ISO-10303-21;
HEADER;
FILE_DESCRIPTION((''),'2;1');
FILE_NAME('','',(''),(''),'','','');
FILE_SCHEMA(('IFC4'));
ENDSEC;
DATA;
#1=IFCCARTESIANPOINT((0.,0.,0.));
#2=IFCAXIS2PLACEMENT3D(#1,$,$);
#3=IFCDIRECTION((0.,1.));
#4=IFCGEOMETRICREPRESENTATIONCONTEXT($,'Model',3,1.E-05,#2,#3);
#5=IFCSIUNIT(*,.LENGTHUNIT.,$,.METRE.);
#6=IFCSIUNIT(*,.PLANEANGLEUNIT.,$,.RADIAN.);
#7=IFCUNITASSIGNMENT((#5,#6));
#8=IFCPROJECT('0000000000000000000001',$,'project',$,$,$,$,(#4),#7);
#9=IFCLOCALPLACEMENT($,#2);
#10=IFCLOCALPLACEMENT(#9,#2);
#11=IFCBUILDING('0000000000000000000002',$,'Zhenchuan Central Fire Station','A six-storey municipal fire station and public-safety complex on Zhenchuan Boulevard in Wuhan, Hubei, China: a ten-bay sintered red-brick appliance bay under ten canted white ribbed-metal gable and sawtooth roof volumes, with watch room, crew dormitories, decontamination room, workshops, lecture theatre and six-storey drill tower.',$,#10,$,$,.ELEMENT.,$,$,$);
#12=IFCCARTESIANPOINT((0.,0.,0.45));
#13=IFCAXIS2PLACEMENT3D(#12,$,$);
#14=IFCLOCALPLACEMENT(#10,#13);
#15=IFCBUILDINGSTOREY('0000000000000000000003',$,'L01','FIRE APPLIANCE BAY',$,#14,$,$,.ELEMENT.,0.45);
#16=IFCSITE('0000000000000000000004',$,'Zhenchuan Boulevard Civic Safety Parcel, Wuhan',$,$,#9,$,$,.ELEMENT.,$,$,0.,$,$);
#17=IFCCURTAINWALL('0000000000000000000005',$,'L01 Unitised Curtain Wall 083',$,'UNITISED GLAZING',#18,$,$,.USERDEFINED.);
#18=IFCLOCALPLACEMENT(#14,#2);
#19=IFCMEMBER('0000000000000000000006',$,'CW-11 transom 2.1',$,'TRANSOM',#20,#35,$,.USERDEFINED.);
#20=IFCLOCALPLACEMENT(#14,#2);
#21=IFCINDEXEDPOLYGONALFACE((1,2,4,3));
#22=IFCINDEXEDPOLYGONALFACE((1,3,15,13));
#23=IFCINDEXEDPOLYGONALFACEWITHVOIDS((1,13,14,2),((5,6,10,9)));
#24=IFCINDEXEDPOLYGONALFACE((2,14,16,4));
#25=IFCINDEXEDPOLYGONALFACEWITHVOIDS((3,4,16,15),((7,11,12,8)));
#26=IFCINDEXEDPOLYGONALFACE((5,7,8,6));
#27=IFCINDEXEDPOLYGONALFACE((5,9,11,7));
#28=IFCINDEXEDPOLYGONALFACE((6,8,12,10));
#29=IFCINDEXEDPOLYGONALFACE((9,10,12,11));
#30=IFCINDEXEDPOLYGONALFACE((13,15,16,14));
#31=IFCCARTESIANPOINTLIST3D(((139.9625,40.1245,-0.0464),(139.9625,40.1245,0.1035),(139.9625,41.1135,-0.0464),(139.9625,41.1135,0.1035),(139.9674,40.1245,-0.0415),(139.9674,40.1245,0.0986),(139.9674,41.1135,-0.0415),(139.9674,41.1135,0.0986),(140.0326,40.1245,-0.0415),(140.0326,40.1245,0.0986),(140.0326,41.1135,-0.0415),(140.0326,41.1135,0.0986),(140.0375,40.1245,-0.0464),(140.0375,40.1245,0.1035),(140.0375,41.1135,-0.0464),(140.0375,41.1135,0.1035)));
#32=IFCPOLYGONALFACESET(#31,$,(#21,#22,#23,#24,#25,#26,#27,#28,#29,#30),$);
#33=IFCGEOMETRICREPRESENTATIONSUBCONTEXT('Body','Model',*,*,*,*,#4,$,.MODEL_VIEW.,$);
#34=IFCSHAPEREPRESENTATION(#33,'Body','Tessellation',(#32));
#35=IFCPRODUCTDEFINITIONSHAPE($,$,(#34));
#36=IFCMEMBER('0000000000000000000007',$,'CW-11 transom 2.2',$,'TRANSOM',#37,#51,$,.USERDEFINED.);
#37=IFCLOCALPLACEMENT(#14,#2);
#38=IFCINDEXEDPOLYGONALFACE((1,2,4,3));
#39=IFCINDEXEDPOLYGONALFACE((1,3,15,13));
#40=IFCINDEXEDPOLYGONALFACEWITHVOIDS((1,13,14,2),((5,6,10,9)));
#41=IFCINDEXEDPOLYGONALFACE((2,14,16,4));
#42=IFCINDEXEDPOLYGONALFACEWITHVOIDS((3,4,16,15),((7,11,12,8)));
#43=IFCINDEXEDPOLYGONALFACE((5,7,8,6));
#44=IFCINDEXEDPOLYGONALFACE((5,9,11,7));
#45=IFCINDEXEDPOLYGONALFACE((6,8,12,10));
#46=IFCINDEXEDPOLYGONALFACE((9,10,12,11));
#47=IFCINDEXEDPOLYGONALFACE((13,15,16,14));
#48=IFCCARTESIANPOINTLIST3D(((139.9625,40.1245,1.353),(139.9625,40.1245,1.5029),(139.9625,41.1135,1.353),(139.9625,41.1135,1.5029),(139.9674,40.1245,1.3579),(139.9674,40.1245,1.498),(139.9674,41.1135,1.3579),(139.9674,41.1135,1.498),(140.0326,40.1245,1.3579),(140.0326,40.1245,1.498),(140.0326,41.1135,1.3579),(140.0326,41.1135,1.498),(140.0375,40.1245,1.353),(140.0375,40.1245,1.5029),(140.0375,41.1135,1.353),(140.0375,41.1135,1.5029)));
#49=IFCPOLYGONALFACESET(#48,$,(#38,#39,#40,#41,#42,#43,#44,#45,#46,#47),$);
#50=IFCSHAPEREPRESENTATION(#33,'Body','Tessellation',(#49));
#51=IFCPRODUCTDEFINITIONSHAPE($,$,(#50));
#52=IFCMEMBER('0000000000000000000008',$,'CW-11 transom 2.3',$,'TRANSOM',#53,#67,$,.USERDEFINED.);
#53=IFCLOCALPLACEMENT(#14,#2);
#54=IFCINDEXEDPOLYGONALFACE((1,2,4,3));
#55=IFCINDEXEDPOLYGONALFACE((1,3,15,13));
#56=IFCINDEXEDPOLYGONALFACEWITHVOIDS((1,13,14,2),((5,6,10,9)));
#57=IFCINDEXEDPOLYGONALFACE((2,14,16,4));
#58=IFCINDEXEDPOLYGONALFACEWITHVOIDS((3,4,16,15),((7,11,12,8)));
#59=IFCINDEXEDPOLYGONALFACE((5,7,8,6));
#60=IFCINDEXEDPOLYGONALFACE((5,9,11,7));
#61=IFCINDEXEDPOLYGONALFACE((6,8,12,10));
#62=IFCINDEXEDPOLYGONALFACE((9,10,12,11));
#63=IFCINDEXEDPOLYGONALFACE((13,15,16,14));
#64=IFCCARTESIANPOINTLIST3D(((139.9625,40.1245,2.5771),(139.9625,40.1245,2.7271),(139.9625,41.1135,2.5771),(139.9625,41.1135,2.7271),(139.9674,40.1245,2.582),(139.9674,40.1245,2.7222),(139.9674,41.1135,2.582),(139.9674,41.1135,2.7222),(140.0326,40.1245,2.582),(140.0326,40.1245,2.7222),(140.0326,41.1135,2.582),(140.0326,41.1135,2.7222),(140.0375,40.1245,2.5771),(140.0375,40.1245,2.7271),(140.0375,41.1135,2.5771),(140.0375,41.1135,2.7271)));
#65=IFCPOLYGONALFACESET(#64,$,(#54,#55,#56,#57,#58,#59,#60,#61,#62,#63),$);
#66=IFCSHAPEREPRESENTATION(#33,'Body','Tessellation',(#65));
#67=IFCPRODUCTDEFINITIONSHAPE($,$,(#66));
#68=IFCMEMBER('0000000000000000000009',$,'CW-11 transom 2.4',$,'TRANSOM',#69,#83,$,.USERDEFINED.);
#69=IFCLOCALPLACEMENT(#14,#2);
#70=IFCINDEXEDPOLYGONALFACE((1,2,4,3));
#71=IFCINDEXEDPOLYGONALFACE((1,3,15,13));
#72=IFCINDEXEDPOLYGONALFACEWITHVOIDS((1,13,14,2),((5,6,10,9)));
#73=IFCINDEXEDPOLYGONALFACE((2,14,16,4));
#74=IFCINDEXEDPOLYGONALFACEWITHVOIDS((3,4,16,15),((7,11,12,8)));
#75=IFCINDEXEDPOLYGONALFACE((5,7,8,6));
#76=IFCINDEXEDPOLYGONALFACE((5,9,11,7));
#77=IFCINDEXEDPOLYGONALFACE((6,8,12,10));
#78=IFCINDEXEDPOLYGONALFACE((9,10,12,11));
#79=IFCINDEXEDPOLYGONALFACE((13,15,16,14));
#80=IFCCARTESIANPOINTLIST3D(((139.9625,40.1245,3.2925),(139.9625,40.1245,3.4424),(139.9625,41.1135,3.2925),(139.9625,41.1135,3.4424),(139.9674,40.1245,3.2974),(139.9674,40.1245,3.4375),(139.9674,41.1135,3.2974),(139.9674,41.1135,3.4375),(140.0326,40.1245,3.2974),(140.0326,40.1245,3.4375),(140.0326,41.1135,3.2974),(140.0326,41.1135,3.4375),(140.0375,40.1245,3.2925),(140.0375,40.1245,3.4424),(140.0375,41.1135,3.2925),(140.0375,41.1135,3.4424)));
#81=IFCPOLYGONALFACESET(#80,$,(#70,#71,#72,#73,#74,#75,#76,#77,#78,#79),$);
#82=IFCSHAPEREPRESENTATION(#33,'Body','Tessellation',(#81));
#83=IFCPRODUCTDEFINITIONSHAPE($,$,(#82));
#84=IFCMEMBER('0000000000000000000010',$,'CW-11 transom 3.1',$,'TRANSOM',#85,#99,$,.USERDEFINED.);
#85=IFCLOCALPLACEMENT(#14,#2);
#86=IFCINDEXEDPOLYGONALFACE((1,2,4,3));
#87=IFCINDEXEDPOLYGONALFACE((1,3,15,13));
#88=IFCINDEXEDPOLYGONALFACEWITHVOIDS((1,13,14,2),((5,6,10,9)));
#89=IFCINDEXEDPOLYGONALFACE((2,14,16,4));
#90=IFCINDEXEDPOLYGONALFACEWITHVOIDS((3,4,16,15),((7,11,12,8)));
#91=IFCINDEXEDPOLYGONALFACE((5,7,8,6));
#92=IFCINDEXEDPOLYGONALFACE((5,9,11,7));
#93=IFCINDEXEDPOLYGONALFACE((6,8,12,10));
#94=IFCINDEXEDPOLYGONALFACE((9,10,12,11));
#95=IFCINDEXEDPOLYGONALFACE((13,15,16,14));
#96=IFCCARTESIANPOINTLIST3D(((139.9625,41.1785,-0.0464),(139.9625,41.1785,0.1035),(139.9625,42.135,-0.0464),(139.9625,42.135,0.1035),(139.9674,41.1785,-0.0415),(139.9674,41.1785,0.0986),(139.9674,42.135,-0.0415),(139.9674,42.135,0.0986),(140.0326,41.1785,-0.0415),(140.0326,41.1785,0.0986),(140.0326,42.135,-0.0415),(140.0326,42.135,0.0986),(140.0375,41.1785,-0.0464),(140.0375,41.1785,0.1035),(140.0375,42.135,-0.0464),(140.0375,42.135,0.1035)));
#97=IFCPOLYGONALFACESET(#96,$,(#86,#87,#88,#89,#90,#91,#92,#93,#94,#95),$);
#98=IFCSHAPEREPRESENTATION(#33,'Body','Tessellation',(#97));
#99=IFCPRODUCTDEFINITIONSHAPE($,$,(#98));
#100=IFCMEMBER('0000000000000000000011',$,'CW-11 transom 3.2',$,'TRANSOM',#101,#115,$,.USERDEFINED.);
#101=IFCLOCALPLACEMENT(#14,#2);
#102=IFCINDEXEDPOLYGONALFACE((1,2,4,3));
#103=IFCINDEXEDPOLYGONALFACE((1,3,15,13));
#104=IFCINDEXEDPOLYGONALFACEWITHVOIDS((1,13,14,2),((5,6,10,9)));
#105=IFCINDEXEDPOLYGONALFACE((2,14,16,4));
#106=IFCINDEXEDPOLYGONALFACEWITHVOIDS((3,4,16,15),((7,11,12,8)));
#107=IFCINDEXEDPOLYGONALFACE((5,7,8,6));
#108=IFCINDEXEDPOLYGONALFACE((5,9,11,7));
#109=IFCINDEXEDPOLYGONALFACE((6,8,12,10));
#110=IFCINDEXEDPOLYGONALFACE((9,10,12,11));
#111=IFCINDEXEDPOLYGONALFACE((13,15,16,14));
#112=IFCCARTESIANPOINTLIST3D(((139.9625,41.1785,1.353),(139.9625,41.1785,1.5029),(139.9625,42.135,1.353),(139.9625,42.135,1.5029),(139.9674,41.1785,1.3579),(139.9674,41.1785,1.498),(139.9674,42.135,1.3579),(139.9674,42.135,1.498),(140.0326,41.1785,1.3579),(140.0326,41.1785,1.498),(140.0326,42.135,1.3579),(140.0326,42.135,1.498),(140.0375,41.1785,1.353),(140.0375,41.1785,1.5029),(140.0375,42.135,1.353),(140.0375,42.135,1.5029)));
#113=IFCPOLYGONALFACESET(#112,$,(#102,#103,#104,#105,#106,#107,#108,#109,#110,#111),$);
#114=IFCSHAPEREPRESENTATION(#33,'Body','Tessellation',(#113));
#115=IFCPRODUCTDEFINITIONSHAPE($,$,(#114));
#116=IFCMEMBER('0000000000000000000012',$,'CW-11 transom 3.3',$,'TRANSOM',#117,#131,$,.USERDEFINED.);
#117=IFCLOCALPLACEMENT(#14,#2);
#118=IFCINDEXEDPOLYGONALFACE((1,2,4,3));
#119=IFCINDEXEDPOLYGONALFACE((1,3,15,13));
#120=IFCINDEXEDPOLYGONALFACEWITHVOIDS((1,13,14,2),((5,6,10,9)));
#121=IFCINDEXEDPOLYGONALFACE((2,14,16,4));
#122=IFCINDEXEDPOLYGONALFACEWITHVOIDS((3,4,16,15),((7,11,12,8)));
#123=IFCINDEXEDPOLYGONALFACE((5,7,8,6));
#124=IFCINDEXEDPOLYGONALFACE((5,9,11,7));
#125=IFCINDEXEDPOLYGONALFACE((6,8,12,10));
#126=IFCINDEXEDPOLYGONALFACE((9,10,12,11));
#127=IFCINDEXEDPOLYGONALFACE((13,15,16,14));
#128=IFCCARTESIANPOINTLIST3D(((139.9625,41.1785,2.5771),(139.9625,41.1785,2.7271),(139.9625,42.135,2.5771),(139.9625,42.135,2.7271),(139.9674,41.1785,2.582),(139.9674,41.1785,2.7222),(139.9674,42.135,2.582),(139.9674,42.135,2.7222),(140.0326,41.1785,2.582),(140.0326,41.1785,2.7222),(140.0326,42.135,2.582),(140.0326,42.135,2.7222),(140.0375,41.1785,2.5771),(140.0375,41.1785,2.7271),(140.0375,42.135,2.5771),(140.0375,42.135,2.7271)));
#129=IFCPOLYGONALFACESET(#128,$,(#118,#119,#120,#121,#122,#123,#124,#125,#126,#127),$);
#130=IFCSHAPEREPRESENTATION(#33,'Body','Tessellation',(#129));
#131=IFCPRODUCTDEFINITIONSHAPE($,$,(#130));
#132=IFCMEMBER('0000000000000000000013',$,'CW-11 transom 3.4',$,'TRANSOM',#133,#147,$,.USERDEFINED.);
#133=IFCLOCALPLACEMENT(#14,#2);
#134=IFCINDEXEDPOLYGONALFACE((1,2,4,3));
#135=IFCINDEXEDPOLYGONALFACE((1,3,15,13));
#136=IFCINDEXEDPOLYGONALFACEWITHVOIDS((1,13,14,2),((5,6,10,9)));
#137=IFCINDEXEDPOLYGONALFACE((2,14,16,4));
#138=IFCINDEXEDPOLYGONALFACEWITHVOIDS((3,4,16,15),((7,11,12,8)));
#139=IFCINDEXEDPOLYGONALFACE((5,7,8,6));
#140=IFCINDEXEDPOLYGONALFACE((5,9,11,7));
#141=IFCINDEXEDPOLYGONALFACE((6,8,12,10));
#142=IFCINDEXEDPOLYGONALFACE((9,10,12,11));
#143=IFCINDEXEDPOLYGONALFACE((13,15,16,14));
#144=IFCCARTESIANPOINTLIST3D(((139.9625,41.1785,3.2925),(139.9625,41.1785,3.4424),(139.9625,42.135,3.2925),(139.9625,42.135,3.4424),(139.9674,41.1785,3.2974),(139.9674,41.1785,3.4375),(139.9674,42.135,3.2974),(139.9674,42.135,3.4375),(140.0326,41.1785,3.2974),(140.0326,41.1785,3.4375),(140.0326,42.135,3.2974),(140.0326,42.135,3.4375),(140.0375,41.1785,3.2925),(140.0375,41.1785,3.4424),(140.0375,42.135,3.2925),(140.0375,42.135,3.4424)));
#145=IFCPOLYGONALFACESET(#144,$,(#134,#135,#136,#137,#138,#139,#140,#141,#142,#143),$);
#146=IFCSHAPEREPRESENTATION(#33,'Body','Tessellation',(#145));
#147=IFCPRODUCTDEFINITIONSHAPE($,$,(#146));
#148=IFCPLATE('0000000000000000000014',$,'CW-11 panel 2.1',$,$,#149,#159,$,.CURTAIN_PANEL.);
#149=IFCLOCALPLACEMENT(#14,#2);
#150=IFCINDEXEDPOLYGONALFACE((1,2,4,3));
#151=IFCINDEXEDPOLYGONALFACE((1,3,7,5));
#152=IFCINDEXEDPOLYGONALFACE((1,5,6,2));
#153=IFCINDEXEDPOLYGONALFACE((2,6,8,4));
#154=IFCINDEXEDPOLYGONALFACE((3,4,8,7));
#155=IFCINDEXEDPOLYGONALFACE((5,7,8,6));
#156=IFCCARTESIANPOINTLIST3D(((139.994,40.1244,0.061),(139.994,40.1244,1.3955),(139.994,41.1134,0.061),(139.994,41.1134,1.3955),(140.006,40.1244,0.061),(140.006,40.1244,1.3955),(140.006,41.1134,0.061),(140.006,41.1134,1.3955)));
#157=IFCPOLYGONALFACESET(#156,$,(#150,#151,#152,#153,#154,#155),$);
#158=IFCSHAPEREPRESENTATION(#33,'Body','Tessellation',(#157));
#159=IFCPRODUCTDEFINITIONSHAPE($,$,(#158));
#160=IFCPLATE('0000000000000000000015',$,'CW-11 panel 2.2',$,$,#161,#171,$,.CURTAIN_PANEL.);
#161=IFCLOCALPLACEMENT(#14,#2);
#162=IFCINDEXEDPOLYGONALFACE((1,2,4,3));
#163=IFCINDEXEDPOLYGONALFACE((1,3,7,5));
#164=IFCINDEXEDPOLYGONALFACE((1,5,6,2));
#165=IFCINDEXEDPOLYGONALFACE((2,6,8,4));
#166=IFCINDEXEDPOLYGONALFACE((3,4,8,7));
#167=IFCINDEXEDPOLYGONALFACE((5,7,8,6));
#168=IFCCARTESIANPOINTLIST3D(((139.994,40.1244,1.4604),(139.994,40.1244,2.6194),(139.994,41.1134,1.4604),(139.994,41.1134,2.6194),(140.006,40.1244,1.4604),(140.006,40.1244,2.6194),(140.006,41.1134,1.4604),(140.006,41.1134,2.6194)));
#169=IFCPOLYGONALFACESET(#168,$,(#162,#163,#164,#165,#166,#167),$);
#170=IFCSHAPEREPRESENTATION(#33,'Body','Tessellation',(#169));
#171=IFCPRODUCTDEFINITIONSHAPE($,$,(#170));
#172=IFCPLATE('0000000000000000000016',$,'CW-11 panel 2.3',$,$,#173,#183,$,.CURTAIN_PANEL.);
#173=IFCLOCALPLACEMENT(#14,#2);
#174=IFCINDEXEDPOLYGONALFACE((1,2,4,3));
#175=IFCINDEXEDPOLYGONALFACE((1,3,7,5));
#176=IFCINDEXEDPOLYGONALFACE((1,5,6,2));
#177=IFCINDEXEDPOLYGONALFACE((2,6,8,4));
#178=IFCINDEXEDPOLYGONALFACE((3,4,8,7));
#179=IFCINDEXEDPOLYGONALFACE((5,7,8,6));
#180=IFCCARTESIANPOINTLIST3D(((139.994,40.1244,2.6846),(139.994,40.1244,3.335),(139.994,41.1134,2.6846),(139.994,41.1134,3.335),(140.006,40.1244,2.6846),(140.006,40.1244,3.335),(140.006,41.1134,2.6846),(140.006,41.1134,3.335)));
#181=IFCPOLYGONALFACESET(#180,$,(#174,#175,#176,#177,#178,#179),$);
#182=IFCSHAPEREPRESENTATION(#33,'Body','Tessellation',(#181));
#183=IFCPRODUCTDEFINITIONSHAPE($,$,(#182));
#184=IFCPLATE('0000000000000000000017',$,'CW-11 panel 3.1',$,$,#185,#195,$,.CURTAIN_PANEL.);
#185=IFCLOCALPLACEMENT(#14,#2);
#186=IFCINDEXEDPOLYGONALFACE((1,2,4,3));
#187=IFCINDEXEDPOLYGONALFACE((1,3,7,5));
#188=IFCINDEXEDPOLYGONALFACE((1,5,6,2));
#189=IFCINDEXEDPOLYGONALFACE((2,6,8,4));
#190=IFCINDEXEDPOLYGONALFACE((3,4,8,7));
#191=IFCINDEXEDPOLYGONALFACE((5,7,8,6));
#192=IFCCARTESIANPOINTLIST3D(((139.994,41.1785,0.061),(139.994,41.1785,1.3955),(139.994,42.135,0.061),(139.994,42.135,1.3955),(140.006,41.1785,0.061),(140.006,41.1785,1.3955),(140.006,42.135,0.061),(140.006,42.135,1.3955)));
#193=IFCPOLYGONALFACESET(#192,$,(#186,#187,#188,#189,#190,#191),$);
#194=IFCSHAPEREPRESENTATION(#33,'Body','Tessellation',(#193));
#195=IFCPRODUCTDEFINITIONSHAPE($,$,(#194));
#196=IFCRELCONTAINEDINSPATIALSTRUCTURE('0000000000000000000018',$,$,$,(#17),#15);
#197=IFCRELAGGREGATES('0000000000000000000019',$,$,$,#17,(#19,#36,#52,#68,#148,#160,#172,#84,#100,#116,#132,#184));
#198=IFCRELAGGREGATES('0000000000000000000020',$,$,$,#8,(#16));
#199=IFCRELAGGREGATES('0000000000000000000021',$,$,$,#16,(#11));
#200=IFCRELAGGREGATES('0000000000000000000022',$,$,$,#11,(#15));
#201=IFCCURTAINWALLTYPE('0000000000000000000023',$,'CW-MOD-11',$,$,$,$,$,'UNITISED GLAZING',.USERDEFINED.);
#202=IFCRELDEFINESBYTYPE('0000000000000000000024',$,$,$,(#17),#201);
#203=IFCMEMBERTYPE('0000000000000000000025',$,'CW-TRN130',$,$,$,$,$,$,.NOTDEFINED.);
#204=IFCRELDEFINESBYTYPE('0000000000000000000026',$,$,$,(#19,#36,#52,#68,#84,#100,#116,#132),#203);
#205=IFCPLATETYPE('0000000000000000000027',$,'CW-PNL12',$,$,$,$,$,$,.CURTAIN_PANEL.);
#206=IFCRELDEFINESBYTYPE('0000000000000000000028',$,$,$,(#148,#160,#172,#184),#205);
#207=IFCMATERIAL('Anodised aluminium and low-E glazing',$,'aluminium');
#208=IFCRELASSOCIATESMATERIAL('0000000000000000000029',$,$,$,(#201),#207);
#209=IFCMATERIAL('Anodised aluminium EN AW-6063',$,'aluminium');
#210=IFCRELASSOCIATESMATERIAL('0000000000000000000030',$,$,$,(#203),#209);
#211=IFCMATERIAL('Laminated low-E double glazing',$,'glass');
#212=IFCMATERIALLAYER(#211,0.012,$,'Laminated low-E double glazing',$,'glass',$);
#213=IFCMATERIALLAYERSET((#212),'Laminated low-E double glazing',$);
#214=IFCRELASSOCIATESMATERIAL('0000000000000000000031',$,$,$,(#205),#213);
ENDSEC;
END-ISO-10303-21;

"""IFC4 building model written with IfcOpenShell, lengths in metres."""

from ifc_helpers import new_model, si_unit, direction, frame, origin, origin_2d, place, context, subcontext, project, spatial, rectangle, hollow_rectangle, extrude, material, layer, layer_set, material_profile, profile_set, type_object, element, aggregate, save


model = new_model("IFC4")

# Units and contexts
model_context = context("Model", 3, precision=1e-05, world=origin(), true_north=direction((0.0, 1.0)))
body_context = subcontext(model_context, "Body", "Model", "MODEL_VIEW")
ifc_project = project(units=[si_unit("LENGTHUNIT", "METRE"), si_unit("PLANEANGLEUNIT", "RADIAN")], contexts=[model_context])

# Site, building, storey
site_placement = place(None, origin())
site = spatial("IfcSite", under=ifc_project, at=site_placement, Name="Zhenchuan Boulevard Civic Safety Parcel, Wuhan", CompositionType="ELEMENT", RefElevation=0.0)
building_placement = place(site_placement, origin())
building = spatial("IfcBuilding", under=site, at=building_placement, Name="Zhenchuan Central Fire Station", Description="A six-storey municipal fire station and public-safety complex on Zhenchuan Boulevard in Wuhan, Hubei, China: a ten-bay sintered red-brick appliance bay under ten canted white ribbed-metal gable and sawtooth roof volumes, with watch room, crew dormitories, decontamination room, workshops, lecture theatre and six-storey drill tower.", CompositionType="ELEMENT")
storey_placement = place(building_placement, frame((0.0, 0.0, 0.45)))
storey = spatial("IfcBuildingStorey", under=building, at=storey_placement, Name="L01", Description="FIRE APPLIANCE BAY", CompositionType="ELEMENT", Elevation=0.45)

# Curtain wall, members, plates
ifc_material_1 = material(Name="Anodised aluminium and low-E glazing", Category="aluminium")
curtain_wall_type = type_object("IfcCurtainWallType", Name="CW-MOD-11", ElementType="UNITISED GLAZING", PredefinedType="USERDEFINED", material=ifc_material_1)
curtain_wall_placement = place(storey_placement, origin())
curtain_wall = element("IfcCurtainWall", 1, at=curtain_wall_placement, inside=storey, type_object=curtain_wall_type, Name="L01 Unitised Curtain Wall 083", ObjectType="UNITISED GLAZING", PredefinedType="USERDEFINED")
ifc_material_2 = material(Name="Anodised aluminium EN AW-6063", Category="aluminium")
ifc_material_profile_1 = material_profile(ifc_material_2, hollow_rectangle(XDim=0.075, YDim=0.1499, WallThickness=0.0049, at=origin_2d()), Name="ALU-T 150x75")
ifc_profile_set_1 = profile_set([ifc_material_profile_1], Name="Anodised aluminium EN AW-6063")
member_type_1 = type_object("IfcMemberType", Name="CW-TRN130", PredefinedType="NOTDEFINED", material=ifc_profile_set_1)
member_1_placement = place(storey_placement, frame((140.0, 40.1245, 0.0286), z_axis=(0.0, 1.0, 0.0), x_axis=(-1.0, 0.0, 0.0)))
member_1 = element("IfcMember", 2, at=member_1_placement, type_object=member_type_1, Name="CW-11 transom 2.1", ObjectType="TRANSOM", PredefinedType="USERDEFINED", context=body_context, shape_type="SweptSolid", body=[
    extrude(hollow_rectangle(XDim=0.075, YDim=0.1499, WallThickness=0.0049, at=origin_2d()), origin(), (0.0, 0.0, 1.0), 0.989),
])
member_2_placement = place(storey_placement, frame((140.0, 40.1245, 1.428), z_axis=(0.0, 1.0, 0.0), x_axis=(-1.0, 0.0, 0.0)))
member_2 = element("IfcMember", 3, at=member_2_placement, type_object=member_type_1, Name="CW-11 transom 2.2", ObjectType="TRANSOM", PredefinedType="USERDEFINED", context=body_context, shape_type="SweptSolid", body=[
    extrude(hollow_rectangle(XDim=0.075, YDim=0.1499, WallThickness=0.0049, at=origin_2d()), origin(), (0.0, 0.0, 1.0), 0.989),
])
member_3_placement = place(storey_placement, frame((140.0, 40.1245, 2.6521), z_axis=(0.0, 1.0, 0.0), x_axis=(-1.0, 0.0, 0.0)))
member_3 = element("IfcMember", 4, at=member_3_placement, type_object=member_type_1, Name="CW-11 transom 2.3", ObjectType="TRANSOM", PredefinedType="USERDEFINED", context=body_context, shape_type="SweptSolid", body=[
    extrude(hollow_rectangle(XDim=0.075, YDim=0.1499, WallThickness=0.0049, at=origin_2d()), origin(), (0.0, 0.0, 1.0), 0.989),
])
member_4_placement = place(storey_placement, frame((140.0, 40.1245, 3.3674), z_axis=(0.0, 1.0, 0.0), x_axis=(-1.0, 0.0, 0.0)))
member_4 = element("IfcMember", 5, at=member_4_placement, type_object=member_type_1, Name="CW-11 transom 2.4", ObjectType="TRANSOM", PredefinedType="USERDEFINED", context=body_context, shape_type="SweptSolid", body=[
    extrude(hollow_rectangle(XDim=0.075, YDim=0.1499, WallThickness=0.0049, at=origin_2d()), origin(), (0.0, 0.0, 1.0), 0.989),
])
member_5_placement = place(storey_placement, frame((140.0, 41.1785, 0.0286), z_axis=(0.0, 1.0, 0.0), x_axis=(-1.0, 0.0, 0.0)))
member_5 = element("IfcMember", 6, at=member_5_placement, type_object=member_type_1, Name="CW-11 transom 3.1", ObjectType="TRANSOM", PredefinedType="USERDEFINED", context=body_context, shape_type="SweptSolid", body=[
    extrude(hollow_rectangle(XDim=0.075, YDim=0.1499, WallThickness=0.0049, at=origin_2d()), origin(), (0.0, 0.0, 1.0), 0.9565),
])
member_6_placement = place(storey_placement, frame((140.0, 41.1785, 1.428), z_axis=(0.0, 1.0, 0.0), x_axis=(-1.0, 0.0, 0.0)))
member_6 = element("IfcMember", 7, at=member_6_placement, type_object=member_type_1, Name="CW-11 transom 3.2", ObjectType="TRANSOM", PredefinedType="USERDEFINED", context=body_context, shape_type="SweptSolid", body=[
    extrude(hollow_rectangle(XDim=0.075, YDim=0.1499, WallThickness=0.0049, at=origin_2d()), origin(), (0.0, 0.0, 1.0), 0.9565),
])
member_7_placement = place(storey_placement, frame((140.0, 41.1785, 2.6521), z_axis=(0.0, 1.0, 0.0), x_axis=(-1.0, 0.0, 0.0)))
member_7 = element("IfcMember", 8, at=member_7_placement, type_object=member_type_1, Name="CW-11 transom 3.3", ObjectType="TRANSOM", PredefinedType="USERDEFINED", context=body_context, shape_type="SweptSolid", body=[
    extrude(hollow_rectangle(XDim=0.075, YDim=0.1499, WallThickness=0.0049, at=origin_2d()), origin(), (0.0, 0.0, 1.0), 0.9565),
])
member_8_placement = place(storey_placement, frame((140.0, 41.1785, 3.3674), z_axis=(0.0, 1.0, 0.0), x_axis=(-1.0, 0.0, 0.0)))
member_8 = element("IfcMember", 9, at=member_8_placement, type_object=member_type_1, Name="CW-11 transom 3.4", ObjectType="TRANSOM", PredefinedType="USERDEFINED", context=body_context, shape_type="SweptSolid", body=[
    extrude(hollow_rectangle(XDim=0.075, YDim=0.1499, WallThickness=0.0049, at=origin_2d()), origin(), (0.0, 0.0, 1.0), 0.9565),
])
ifc_material_3 = material(Name="Laminated low-E double glazing", Category="glass")
ifc_layer = layer(ifc_material_3, 0.012, Name="Laminated low-E double glazing", Category="glass")
ifc_layer_set = layer_set([ifc_layer], Name="Laminated low-E double glazing")
plate_type = type_object("IfcPlateType", Name="CW-PNL12", PredefinedType="CURTAIN_PANEL", material=ifc_layer_set)
plate_1_placement = place(storey_placement, frame((140.0, 40.6189, 0.061), z_axis=(0.0, 0.0, 1.0), x_axis=(0.0, 1.0, 0.0)))
plate_1 = element("IfcPlate", 10, at=plate_1_placement, type_object=plate_type, Name="CW-11 panel 2.1", PredefinedType="CURTAIN_PANEL", context=body_context, shape_type="SweptSolid", body=[
    extrude(rectangle(XDim=0.989, YDim=0.012, at=origin_2d()), origin(), (0.0, 0.0, 1.0), 1.3345),
])
plate_2_placement = place(storey_placement, frame((140.0, 40.6189, 1.4604), z_axis=(0.0, 0.0, 1.0), x_axis=(0.0, 1.0, 0.0)))
plate_2 = element("IfcPlate", 11, at=plate_2_placement, type_object=plate_type, Name="CW-11 panel 2.2", PredefinedType="CURTAIN_PANEL", context=body_context, shape_type="SweptSolid", body=[
    extrude(rectangle(XDim=0.989, YDim=0.012, at=origin_2d()), origin(), (0.0, 0.0, 1.0), 1.1589),
])
plate_3_placement = place(storey_placement, frame((140.0, 40.6189, 2.6846), z_axis=(0.0, 0.0, 1.0), x_axis=(0.0, 1.0, 0.0)))
plate_3 = element("IfcPlate", 12, at=plate_3_placement, type_object=plate_type, Name="CW-11 panel 2.3", PredefinedType="CURTAIN_PANEL", context=body_context, shape_type="SweptSolid", body=[
    extrude(rectangle(XDim=0.989, YDim=0.012, at=origin_2d()), origin(), (0.0, 0.0, 1.0), 0.6504),
])
plate_4_placement = place(storey_placement, frame((140.0, 41.6567, 0.061), z_axis=(0.0, 0.0, 1.0), x_axis=(0.0, 1.0, 0.0)))
plate_4 = element("IfcPlate", 13, at=plate_4_placement, type_object=plate_type, Name="CW-11 panel 3.1", PredefinedType="CURTAIN_PANEL", context=body_context, shape_type="SweptSolid", body=[
    extrude(rectangle(XDim=0.9565, YDim=0.012, at=origin_2d()), origin(), (0.0, 0.0, 1.0), 1.3345),
])
aggregate(curtain_wall, [member_1, member_2, member_3, member_4, plate_1, plate_2, plate_3, member_5, member_6, member_7, member_8, plate_4])

save(model, "model.ifc")
